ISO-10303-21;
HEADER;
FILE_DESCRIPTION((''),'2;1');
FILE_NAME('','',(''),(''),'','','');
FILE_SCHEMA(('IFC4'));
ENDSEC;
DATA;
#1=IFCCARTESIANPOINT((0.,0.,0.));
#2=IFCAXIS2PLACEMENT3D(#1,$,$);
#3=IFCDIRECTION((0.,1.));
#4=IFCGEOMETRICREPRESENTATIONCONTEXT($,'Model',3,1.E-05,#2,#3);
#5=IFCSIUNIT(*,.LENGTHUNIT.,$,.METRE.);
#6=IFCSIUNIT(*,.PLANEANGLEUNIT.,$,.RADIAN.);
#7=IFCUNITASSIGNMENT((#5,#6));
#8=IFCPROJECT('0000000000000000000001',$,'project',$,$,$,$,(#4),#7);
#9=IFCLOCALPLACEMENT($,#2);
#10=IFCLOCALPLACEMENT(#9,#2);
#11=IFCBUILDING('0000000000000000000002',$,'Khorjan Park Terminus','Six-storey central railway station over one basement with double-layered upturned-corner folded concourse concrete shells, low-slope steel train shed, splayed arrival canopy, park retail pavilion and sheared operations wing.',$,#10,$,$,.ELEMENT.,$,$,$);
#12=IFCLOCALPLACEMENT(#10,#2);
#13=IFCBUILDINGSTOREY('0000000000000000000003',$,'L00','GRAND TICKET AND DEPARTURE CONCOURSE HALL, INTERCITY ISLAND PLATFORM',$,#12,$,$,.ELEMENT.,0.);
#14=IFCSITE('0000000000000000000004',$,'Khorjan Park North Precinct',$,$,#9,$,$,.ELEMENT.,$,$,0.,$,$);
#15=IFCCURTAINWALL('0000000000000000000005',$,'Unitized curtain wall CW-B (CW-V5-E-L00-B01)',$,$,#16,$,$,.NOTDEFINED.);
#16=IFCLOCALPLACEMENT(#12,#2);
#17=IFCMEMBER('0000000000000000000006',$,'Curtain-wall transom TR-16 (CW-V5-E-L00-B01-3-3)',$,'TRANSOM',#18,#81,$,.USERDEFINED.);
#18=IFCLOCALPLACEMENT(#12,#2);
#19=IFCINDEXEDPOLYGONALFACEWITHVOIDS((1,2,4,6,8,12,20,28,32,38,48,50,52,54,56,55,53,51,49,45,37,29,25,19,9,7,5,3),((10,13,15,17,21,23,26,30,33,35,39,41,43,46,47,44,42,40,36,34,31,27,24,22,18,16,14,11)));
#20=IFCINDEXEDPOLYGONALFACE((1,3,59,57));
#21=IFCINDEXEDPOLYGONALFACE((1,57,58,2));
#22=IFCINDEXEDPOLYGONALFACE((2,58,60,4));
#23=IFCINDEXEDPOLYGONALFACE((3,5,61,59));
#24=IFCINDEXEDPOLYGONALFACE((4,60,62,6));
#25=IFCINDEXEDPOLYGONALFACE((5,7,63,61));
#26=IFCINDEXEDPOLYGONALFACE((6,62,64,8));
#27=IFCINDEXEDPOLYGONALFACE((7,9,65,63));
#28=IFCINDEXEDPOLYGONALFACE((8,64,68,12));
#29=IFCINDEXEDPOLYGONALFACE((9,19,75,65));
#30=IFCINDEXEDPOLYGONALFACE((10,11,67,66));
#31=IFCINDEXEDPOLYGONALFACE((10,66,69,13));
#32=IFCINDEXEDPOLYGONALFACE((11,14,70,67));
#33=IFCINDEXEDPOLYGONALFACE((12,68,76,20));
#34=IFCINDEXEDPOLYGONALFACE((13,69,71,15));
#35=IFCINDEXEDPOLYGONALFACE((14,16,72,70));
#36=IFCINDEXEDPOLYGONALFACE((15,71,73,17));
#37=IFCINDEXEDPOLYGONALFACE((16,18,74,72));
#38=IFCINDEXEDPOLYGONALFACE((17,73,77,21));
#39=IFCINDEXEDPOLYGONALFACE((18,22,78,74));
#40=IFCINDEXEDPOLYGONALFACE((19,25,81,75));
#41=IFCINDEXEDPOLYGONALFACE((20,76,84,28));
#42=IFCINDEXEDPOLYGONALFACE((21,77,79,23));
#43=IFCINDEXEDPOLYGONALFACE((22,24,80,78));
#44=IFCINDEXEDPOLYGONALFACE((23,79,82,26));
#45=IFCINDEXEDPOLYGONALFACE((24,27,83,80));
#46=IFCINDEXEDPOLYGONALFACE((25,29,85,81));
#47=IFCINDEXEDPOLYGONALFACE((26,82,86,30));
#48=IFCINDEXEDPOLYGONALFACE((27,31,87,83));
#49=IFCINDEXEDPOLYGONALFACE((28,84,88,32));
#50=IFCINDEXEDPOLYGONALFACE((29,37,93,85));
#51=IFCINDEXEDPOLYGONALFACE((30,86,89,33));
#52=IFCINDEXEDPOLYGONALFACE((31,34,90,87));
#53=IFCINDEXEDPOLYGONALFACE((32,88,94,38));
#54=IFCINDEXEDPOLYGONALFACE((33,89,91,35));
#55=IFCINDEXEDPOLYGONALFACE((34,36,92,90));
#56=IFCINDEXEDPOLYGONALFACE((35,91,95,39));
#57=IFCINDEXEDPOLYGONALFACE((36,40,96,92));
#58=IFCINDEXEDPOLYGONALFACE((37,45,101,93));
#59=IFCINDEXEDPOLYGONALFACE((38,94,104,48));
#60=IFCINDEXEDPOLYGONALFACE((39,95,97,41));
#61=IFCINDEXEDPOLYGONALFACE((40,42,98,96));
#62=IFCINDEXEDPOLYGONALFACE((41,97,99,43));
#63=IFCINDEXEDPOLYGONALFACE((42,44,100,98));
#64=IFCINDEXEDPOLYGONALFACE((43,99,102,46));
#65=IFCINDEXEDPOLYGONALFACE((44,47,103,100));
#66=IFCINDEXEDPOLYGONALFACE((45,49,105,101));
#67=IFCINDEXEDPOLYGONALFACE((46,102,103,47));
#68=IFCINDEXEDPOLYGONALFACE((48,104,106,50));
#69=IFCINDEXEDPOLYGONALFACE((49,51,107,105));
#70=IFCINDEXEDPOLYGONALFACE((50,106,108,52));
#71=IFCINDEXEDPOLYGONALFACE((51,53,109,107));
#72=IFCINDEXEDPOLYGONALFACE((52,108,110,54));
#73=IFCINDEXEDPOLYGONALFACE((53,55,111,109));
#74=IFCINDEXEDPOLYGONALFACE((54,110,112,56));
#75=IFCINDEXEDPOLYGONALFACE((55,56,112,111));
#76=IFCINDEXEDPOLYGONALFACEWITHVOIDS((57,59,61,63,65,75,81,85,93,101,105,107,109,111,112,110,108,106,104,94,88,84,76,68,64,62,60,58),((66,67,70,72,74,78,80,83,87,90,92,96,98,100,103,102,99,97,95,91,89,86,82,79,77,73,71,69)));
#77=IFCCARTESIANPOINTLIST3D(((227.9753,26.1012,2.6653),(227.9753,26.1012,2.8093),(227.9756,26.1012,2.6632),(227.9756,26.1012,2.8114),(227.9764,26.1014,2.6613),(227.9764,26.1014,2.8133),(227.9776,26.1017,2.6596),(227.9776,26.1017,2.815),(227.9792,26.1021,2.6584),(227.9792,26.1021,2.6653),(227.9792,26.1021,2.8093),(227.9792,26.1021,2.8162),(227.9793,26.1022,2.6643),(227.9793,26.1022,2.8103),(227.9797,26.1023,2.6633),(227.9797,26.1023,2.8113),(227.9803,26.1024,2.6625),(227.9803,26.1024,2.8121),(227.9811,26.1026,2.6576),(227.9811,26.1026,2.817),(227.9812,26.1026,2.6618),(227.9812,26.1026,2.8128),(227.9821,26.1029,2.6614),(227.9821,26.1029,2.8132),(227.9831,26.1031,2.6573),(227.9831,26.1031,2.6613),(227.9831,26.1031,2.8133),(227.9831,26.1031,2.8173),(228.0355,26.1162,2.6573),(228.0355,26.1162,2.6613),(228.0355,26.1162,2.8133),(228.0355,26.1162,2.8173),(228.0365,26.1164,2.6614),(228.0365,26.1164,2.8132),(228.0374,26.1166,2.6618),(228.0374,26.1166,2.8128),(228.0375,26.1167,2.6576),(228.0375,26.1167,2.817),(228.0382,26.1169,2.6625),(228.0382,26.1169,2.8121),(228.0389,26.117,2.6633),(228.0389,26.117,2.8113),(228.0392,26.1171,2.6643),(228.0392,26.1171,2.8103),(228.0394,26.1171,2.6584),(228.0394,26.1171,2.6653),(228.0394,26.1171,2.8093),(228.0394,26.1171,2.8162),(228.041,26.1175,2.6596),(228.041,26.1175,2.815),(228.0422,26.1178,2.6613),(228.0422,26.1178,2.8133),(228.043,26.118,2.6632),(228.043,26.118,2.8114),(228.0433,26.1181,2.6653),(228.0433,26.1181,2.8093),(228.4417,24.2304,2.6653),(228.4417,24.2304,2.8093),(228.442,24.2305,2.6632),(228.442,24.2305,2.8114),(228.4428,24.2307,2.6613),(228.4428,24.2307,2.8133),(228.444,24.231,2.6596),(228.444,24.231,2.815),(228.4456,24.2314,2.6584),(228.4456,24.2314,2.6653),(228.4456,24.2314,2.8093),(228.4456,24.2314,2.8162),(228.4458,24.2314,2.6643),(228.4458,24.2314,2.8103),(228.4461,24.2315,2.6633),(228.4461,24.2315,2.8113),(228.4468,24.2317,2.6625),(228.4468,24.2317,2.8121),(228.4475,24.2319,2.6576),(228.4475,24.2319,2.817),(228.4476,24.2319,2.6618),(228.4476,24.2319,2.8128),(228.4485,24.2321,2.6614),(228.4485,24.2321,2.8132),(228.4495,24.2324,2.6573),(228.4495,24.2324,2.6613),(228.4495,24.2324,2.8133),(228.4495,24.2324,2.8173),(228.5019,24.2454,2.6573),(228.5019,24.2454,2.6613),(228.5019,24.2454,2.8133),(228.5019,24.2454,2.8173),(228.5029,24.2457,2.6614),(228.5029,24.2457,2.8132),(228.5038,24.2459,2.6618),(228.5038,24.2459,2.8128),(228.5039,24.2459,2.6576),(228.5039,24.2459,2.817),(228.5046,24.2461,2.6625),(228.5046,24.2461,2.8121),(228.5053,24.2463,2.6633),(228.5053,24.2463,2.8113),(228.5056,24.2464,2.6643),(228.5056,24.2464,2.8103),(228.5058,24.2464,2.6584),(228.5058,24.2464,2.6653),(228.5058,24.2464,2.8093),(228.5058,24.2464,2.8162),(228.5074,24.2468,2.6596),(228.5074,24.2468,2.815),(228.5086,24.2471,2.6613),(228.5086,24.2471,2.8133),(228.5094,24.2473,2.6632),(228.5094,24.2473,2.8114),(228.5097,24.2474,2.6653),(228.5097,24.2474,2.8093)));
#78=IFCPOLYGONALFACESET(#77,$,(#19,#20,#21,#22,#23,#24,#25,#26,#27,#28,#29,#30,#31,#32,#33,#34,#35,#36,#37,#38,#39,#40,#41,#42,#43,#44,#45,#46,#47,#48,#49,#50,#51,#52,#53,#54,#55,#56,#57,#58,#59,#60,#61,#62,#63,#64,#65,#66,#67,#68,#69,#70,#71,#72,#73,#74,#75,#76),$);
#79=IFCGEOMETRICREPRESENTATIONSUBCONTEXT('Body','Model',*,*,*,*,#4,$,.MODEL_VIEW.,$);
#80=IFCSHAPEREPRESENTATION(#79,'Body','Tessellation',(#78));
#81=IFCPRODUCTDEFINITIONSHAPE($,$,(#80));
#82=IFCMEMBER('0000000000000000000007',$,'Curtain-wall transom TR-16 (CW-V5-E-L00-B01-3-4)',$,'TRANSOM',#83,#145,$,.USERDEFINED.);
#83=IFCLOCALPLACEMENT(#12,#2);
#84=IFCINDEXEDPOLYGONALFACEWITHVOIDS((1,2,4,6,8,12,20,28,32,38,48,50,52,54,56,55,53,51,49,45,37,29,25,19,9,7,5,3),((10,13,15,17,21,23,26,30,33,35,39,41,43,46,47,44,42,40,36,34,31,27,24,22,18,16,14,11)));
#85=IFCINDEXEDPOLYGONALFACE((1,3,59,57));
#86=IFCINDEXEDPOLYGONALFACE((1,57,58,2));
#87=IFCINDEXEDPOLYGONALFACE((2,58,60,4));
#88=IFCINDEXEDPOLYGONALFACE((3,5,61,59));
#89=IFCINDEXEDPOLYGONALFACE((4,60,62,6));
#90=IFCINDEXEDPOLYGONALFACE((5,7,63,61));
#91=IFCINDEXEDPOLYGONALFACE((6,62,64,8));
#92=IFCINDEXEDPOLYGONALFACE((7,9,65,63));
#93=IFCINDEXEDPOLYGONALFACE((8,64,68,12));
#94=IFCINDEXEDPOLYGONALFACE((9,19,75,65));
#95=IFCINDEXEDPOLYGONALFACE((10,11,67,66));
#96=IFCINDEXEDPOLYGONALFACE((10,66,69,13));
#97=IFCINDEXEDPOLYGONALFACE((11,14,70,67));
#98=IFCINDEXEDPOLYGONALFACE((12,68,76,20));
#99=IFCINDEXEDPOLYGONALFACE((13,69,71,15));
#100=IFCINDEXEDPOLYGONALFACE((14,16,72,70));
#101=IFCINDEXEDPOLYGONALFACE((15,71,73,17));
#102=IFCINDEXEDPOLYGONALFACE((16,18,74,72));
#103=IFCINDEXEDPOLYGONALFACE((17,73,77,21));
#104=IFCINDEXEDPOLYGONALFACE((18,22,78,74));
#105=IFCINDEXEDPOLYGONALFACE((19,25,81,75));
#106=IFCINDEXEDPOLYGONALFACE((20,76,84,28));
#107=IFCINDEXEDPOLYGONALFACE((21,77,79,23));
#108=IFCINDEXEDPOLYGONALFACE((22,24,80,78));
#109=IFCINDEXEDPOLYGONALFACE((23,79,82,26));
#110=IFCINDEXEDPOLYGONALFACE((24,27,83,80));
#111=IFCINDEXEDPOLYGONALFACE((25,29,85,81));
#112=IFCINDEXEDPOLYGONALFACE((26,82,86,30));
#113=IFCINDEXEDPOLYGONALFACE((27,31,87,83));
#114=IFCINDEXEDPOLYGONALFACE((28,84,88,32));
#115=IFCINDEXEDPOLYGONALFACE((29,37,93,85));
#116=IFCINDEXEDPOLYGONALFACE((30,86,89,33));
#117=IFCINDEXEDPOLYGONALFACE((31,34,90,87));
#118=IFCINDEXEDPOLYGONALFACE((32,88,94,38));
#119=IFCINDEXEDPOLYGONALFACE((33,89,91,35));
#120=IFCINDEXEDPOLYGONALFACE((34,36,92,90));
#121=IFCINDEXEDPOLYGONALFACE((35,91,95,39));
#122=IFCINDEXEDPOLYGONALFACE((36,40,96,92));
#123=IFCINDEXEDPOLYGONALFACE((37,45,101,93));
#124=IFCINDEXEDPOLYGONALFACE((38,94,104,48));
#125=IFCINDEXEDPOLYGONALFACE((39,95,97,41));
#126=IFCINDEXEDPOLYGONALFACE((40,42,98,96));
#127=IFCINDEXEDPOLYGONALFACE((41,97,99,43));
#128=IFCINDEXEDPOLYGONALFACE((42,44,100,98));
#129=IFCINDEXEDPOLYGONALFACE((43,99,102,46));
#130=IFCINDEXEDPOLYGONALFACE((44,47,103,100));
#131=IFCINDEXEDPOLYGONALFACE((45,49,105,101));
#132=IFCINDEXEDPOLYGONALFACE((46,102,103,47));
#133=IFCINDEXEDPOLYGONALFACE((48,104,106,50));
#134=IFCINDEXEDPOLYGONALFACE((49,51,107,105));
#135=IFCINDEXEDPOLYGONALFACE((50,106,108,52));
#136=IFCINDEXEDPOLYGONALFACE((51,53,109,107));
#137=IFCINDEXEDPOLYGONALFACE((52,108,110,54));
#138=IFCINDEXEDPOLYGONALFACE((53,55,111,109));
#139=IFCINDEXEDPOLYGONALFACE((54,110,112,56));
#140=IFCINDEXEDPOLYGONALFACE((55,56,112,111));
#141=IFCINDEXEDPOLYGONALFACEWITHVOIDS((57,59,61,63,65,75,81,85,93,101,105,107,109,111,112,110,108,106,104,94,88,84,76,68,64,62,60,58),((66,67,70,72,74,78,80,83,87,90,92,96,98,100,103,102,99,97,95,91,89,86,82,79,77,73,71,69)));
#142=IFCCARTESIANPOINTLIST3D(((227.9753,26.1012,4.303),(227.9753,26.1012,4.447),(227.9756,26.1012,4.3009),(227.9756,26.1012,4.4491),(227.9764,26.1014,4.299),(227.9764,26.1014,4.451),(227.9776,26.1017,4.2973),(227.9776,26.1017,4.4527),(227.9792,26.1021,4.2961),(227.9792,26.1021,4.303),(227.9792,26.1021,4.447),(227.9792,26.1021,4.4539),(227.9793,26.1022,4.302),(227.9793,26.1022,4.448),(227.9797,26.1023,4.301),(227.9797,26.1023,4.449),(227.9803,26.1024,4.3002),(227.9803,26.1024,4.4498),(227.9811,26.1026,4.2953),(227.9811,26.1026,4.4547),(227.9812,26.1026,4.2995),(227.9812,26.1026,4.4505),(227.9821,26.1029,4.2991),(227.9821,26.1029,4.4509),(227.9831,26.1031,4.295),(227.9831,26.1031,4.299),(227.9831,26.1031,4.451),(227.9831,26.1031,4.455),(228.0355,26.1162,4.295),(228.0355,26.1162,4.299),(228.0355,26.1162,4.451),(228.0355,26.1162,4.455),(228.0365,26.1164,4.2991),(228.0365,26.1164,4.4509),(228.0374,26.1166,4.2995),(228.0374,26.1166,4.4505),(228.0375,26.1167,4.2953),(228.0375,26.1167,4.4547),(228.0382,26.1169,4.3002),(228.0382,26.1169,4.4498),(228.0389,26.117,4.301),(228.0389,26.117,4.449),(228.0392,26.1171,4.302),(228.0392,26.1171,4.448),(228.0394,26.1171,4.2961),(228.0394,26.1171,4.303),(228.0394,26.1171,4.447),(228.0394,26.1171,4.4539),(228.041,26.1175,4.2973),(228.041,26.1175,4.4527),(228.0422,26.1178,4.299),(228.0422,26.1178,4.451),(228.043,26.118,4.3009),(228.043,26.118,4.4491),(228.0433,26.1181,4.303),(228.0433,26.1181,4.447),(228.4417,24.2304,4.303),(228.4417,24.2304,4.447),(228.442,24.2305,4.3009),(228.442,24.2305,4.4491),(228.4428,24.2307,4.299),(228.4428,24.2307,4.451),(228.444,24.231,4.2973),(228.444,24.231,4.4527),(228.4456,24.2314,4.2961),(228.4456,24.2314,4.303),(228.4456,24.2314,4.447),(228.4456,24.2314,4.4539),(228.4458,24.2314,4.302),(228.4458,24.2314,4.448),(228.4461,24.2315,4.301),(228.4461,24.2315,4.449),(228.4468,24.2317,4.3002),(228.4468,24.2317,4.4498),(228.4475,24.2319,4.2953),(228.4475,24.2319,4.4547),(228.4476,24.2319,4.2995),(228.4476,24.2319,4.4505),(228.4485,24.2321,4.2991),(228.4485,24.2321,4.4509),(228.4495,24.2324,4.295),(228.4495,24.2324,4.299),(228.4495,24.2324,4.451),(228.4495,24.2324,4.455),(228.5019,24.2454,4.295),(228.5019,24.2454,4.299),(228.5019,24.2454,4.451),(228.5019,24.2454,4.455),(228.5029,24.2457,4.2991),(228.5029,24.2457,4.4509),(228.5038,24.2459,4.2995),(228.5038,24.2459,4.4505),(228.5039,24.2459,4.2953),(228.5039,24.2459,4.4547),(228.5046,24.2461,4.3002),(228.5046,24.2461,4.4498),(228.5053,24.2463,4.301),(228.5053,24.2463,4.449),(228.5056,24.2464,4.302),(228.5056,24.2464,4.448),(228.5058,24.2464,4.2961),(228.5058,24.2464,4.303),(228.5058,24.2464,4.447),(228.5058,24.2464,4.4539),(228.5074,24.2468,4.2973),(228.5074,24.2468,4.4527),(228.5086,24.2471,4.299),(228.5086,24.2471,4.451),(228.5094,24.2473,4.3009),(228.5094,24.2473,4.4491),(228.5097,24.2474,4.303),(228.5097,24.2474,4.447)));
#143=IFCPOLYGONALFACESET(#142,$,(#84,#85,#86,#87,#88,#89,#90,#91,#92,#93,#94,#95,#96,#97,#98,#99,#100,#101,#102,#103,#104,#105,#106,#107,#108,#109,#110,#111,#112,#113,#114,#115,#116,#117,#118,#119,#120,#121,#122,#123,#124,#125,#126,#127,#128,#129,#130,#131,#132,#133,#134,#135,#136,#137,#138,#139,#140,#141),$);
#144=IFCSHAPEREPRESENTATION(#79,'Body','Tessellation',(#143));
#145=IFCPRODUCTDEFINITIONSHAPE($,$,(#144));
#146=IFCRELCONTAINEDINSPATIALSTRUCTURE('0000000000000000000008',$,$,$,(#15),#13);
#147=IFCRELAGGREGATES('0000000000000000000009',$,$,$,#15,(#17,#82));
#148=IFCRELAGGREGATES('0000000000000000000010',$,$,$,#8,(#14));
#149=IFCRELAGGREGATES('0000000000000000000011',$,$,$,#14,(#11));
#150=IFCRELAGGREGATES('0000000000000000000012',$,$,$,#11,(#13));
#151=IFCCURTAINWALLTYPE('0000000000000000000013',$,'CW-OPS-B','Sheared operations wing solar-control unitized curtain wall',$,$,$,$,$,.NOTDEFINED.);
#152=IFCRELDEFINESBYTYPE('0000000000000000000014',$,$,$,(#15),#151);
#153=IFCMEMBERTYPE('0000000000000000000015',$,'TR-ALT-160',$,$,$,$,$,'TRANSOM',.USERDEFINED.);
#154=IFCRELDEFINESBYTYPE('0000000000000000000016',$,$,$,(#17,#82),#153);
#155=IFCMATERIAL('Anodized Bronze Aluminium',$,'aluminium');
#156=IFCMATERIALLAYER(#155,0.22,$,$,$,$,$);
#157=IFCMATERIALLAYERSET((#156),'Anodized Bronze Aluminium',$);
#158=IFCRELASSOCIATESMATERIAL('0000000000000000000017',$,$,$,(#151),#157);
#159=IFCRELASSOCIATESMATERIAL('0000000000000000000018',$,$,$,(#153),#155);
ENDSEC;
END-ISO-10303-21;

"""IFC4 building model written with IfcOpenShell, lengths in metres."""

from ifc_helpers import new_model, si_unit, direction, frame, origin, origin_2d, place, context, subcontext, project, spatial, hollow_rectangle, extrude, material, layer, layer_set, material_profile, profile_set, type_object, element, aggregate, save


model = new_model("IFC4")

# Units and contexts
model_context = context("Model", 3, precision=1e-05, world=origin(), true_north=direction((0.0, 1.0)))
body_context = subcontext(model_context, "Body", "Model", "MODEL_VIEW")
ifc_project = project(units=[si_unit("LENGTHUNIT", "METRE"), si_unit("PLANEANGLEUNIT", "RADIAN")], contexts=[model_context])

# Site, building, storey
site_placement = place(None, origin())
site = spatial("IfcSite", under=ifc_project, at=site_placement, Name="Khorjan Park North Precinct", CompositionType="ELEMENT", RefElevation=0.0)
building_placement = place(site_placement, origin())
building = spatial("IfcBuilding", under=site, at=building_placement, Name="Khorjan Park Terminus", Description="Six-storey central railway station over one basement with double-layered upturned-corner folded concourse concrete shells, low-slope steel train shed, splayed arrival canopy, park retail pavilion and sheared operations wing.", CompositionType="ELEMENT")
storey_placement = place(building_placement, origin())
storey = spatial("IfcBuildingStorey", under=building, at=storey_placement, Name="L00", Description="GRAND TICKET AND DEPARTURE CONCOURSE HALL, INTERCITY ISLAND PLATFORM", CompositionType="ELEMENT", Elevation=0.0)

# Curtain wall, members
ifc_material_1 = material(Name="Anodized Bronze Aluminium", Category="aluminium")
ifc_layer_1 = layer(ifc_material_1, 0.22)
ifc_layer_set_1 = layer_set([ifc_layer_1], Name="Anodized Bronze Aluminium")
curtain_wall_type = type_object("IfcCurtainWallType", Name="CW-OPS-B", Description="Sheared operations wing solar-control unitized curtain wall", PredefinedType="NOTDEFINED", material=ifc_layer_set_1)
curtain_wall_placement = place(storey_placement, origin())
curtain_wall = element("IfcCurtainWall", 1, at=curtain_wall_placement, inside=storey, type_object=curtain_wall_type, Name="Unitized curtain wall CW-B (CW-V5-E-L00-B01)", PredefinedType="NOTDEFINED")
ifc_material_profile_1 = material_profile(ifc_material_1, hollow_rectangle(XDim=0.07, YDim=0.16, WallThickness=0.004, InnerFilletRadius=0.004, OuterFilletRadius=0.008, at=origin_2d()), Name="ALT 70x160x4")
ifc_profile_set_1 = profile_set([ifc_material_profile_1], Name="Anodized Bronze Aluminium")
member_type_1 = type_object("IfcMemberType", Name="TR-ALT-160", ElementType="TRANSOM", PredefinedType="USERDEFINED", material=ifc_profile_set_1)
member_1_placement = place(storey_placement, frame((228.4757, 24.2389, 2.7373), z_axis=(-0.241913, 0.970298, 0.0), x_axis=(-0.970298, -0.241913, 0.0)))
member_1 = element("IfcMember", 2, at=member_1_placement, type_object=member_type_1, Name="Curtain-wall transom TR-16 (CW-V5-E-L00-B01-3-3)", ObjectType="TRANSOM", PredefinedType="USERDEFINED", context=body_context, shape_type="SweptSolid", body=[
    extrude(hollow_rectangle(XDim=0.07, YDim=0.16, WallThickness=0.004, InnerFilletRadius=0.004, OuterFilletRadius=0.008, at=origin_2d()), origin(), (0.0, 0.0, 1.0), 1.928),
])
member_2_placement = place(storey_placement, frame((228.4757, 24.2389, 4.375), z_axis=(-0.241913, 0.970298, 0.0), x_axis=(-0.970298, -0.241913, 0.0)))
member_2 = element("IfcMember", 3, at=member_2_placement, type_object=member_type_1, Name="Curtain-wall transom TR-16 (CW-V5-E-L00-B01-3-4)", ObjectType="TRANSOM", PredefinedType="USERDEFINED", context=body_context, shape_type="SweptSolid", body=[
    extrude(hollow_rectangle(XDim=0.07, YDim=0.16, WallThickness=0.004, InnerFilletRadius=0.004, OuterFilletRadius=0.008, at=origin_2d()), origin(), (0.0, 0.0, 1.0), 1.928),
])
aggregate(curtain_wall, [member_1, member_2])

save(model, "model.ifc")
